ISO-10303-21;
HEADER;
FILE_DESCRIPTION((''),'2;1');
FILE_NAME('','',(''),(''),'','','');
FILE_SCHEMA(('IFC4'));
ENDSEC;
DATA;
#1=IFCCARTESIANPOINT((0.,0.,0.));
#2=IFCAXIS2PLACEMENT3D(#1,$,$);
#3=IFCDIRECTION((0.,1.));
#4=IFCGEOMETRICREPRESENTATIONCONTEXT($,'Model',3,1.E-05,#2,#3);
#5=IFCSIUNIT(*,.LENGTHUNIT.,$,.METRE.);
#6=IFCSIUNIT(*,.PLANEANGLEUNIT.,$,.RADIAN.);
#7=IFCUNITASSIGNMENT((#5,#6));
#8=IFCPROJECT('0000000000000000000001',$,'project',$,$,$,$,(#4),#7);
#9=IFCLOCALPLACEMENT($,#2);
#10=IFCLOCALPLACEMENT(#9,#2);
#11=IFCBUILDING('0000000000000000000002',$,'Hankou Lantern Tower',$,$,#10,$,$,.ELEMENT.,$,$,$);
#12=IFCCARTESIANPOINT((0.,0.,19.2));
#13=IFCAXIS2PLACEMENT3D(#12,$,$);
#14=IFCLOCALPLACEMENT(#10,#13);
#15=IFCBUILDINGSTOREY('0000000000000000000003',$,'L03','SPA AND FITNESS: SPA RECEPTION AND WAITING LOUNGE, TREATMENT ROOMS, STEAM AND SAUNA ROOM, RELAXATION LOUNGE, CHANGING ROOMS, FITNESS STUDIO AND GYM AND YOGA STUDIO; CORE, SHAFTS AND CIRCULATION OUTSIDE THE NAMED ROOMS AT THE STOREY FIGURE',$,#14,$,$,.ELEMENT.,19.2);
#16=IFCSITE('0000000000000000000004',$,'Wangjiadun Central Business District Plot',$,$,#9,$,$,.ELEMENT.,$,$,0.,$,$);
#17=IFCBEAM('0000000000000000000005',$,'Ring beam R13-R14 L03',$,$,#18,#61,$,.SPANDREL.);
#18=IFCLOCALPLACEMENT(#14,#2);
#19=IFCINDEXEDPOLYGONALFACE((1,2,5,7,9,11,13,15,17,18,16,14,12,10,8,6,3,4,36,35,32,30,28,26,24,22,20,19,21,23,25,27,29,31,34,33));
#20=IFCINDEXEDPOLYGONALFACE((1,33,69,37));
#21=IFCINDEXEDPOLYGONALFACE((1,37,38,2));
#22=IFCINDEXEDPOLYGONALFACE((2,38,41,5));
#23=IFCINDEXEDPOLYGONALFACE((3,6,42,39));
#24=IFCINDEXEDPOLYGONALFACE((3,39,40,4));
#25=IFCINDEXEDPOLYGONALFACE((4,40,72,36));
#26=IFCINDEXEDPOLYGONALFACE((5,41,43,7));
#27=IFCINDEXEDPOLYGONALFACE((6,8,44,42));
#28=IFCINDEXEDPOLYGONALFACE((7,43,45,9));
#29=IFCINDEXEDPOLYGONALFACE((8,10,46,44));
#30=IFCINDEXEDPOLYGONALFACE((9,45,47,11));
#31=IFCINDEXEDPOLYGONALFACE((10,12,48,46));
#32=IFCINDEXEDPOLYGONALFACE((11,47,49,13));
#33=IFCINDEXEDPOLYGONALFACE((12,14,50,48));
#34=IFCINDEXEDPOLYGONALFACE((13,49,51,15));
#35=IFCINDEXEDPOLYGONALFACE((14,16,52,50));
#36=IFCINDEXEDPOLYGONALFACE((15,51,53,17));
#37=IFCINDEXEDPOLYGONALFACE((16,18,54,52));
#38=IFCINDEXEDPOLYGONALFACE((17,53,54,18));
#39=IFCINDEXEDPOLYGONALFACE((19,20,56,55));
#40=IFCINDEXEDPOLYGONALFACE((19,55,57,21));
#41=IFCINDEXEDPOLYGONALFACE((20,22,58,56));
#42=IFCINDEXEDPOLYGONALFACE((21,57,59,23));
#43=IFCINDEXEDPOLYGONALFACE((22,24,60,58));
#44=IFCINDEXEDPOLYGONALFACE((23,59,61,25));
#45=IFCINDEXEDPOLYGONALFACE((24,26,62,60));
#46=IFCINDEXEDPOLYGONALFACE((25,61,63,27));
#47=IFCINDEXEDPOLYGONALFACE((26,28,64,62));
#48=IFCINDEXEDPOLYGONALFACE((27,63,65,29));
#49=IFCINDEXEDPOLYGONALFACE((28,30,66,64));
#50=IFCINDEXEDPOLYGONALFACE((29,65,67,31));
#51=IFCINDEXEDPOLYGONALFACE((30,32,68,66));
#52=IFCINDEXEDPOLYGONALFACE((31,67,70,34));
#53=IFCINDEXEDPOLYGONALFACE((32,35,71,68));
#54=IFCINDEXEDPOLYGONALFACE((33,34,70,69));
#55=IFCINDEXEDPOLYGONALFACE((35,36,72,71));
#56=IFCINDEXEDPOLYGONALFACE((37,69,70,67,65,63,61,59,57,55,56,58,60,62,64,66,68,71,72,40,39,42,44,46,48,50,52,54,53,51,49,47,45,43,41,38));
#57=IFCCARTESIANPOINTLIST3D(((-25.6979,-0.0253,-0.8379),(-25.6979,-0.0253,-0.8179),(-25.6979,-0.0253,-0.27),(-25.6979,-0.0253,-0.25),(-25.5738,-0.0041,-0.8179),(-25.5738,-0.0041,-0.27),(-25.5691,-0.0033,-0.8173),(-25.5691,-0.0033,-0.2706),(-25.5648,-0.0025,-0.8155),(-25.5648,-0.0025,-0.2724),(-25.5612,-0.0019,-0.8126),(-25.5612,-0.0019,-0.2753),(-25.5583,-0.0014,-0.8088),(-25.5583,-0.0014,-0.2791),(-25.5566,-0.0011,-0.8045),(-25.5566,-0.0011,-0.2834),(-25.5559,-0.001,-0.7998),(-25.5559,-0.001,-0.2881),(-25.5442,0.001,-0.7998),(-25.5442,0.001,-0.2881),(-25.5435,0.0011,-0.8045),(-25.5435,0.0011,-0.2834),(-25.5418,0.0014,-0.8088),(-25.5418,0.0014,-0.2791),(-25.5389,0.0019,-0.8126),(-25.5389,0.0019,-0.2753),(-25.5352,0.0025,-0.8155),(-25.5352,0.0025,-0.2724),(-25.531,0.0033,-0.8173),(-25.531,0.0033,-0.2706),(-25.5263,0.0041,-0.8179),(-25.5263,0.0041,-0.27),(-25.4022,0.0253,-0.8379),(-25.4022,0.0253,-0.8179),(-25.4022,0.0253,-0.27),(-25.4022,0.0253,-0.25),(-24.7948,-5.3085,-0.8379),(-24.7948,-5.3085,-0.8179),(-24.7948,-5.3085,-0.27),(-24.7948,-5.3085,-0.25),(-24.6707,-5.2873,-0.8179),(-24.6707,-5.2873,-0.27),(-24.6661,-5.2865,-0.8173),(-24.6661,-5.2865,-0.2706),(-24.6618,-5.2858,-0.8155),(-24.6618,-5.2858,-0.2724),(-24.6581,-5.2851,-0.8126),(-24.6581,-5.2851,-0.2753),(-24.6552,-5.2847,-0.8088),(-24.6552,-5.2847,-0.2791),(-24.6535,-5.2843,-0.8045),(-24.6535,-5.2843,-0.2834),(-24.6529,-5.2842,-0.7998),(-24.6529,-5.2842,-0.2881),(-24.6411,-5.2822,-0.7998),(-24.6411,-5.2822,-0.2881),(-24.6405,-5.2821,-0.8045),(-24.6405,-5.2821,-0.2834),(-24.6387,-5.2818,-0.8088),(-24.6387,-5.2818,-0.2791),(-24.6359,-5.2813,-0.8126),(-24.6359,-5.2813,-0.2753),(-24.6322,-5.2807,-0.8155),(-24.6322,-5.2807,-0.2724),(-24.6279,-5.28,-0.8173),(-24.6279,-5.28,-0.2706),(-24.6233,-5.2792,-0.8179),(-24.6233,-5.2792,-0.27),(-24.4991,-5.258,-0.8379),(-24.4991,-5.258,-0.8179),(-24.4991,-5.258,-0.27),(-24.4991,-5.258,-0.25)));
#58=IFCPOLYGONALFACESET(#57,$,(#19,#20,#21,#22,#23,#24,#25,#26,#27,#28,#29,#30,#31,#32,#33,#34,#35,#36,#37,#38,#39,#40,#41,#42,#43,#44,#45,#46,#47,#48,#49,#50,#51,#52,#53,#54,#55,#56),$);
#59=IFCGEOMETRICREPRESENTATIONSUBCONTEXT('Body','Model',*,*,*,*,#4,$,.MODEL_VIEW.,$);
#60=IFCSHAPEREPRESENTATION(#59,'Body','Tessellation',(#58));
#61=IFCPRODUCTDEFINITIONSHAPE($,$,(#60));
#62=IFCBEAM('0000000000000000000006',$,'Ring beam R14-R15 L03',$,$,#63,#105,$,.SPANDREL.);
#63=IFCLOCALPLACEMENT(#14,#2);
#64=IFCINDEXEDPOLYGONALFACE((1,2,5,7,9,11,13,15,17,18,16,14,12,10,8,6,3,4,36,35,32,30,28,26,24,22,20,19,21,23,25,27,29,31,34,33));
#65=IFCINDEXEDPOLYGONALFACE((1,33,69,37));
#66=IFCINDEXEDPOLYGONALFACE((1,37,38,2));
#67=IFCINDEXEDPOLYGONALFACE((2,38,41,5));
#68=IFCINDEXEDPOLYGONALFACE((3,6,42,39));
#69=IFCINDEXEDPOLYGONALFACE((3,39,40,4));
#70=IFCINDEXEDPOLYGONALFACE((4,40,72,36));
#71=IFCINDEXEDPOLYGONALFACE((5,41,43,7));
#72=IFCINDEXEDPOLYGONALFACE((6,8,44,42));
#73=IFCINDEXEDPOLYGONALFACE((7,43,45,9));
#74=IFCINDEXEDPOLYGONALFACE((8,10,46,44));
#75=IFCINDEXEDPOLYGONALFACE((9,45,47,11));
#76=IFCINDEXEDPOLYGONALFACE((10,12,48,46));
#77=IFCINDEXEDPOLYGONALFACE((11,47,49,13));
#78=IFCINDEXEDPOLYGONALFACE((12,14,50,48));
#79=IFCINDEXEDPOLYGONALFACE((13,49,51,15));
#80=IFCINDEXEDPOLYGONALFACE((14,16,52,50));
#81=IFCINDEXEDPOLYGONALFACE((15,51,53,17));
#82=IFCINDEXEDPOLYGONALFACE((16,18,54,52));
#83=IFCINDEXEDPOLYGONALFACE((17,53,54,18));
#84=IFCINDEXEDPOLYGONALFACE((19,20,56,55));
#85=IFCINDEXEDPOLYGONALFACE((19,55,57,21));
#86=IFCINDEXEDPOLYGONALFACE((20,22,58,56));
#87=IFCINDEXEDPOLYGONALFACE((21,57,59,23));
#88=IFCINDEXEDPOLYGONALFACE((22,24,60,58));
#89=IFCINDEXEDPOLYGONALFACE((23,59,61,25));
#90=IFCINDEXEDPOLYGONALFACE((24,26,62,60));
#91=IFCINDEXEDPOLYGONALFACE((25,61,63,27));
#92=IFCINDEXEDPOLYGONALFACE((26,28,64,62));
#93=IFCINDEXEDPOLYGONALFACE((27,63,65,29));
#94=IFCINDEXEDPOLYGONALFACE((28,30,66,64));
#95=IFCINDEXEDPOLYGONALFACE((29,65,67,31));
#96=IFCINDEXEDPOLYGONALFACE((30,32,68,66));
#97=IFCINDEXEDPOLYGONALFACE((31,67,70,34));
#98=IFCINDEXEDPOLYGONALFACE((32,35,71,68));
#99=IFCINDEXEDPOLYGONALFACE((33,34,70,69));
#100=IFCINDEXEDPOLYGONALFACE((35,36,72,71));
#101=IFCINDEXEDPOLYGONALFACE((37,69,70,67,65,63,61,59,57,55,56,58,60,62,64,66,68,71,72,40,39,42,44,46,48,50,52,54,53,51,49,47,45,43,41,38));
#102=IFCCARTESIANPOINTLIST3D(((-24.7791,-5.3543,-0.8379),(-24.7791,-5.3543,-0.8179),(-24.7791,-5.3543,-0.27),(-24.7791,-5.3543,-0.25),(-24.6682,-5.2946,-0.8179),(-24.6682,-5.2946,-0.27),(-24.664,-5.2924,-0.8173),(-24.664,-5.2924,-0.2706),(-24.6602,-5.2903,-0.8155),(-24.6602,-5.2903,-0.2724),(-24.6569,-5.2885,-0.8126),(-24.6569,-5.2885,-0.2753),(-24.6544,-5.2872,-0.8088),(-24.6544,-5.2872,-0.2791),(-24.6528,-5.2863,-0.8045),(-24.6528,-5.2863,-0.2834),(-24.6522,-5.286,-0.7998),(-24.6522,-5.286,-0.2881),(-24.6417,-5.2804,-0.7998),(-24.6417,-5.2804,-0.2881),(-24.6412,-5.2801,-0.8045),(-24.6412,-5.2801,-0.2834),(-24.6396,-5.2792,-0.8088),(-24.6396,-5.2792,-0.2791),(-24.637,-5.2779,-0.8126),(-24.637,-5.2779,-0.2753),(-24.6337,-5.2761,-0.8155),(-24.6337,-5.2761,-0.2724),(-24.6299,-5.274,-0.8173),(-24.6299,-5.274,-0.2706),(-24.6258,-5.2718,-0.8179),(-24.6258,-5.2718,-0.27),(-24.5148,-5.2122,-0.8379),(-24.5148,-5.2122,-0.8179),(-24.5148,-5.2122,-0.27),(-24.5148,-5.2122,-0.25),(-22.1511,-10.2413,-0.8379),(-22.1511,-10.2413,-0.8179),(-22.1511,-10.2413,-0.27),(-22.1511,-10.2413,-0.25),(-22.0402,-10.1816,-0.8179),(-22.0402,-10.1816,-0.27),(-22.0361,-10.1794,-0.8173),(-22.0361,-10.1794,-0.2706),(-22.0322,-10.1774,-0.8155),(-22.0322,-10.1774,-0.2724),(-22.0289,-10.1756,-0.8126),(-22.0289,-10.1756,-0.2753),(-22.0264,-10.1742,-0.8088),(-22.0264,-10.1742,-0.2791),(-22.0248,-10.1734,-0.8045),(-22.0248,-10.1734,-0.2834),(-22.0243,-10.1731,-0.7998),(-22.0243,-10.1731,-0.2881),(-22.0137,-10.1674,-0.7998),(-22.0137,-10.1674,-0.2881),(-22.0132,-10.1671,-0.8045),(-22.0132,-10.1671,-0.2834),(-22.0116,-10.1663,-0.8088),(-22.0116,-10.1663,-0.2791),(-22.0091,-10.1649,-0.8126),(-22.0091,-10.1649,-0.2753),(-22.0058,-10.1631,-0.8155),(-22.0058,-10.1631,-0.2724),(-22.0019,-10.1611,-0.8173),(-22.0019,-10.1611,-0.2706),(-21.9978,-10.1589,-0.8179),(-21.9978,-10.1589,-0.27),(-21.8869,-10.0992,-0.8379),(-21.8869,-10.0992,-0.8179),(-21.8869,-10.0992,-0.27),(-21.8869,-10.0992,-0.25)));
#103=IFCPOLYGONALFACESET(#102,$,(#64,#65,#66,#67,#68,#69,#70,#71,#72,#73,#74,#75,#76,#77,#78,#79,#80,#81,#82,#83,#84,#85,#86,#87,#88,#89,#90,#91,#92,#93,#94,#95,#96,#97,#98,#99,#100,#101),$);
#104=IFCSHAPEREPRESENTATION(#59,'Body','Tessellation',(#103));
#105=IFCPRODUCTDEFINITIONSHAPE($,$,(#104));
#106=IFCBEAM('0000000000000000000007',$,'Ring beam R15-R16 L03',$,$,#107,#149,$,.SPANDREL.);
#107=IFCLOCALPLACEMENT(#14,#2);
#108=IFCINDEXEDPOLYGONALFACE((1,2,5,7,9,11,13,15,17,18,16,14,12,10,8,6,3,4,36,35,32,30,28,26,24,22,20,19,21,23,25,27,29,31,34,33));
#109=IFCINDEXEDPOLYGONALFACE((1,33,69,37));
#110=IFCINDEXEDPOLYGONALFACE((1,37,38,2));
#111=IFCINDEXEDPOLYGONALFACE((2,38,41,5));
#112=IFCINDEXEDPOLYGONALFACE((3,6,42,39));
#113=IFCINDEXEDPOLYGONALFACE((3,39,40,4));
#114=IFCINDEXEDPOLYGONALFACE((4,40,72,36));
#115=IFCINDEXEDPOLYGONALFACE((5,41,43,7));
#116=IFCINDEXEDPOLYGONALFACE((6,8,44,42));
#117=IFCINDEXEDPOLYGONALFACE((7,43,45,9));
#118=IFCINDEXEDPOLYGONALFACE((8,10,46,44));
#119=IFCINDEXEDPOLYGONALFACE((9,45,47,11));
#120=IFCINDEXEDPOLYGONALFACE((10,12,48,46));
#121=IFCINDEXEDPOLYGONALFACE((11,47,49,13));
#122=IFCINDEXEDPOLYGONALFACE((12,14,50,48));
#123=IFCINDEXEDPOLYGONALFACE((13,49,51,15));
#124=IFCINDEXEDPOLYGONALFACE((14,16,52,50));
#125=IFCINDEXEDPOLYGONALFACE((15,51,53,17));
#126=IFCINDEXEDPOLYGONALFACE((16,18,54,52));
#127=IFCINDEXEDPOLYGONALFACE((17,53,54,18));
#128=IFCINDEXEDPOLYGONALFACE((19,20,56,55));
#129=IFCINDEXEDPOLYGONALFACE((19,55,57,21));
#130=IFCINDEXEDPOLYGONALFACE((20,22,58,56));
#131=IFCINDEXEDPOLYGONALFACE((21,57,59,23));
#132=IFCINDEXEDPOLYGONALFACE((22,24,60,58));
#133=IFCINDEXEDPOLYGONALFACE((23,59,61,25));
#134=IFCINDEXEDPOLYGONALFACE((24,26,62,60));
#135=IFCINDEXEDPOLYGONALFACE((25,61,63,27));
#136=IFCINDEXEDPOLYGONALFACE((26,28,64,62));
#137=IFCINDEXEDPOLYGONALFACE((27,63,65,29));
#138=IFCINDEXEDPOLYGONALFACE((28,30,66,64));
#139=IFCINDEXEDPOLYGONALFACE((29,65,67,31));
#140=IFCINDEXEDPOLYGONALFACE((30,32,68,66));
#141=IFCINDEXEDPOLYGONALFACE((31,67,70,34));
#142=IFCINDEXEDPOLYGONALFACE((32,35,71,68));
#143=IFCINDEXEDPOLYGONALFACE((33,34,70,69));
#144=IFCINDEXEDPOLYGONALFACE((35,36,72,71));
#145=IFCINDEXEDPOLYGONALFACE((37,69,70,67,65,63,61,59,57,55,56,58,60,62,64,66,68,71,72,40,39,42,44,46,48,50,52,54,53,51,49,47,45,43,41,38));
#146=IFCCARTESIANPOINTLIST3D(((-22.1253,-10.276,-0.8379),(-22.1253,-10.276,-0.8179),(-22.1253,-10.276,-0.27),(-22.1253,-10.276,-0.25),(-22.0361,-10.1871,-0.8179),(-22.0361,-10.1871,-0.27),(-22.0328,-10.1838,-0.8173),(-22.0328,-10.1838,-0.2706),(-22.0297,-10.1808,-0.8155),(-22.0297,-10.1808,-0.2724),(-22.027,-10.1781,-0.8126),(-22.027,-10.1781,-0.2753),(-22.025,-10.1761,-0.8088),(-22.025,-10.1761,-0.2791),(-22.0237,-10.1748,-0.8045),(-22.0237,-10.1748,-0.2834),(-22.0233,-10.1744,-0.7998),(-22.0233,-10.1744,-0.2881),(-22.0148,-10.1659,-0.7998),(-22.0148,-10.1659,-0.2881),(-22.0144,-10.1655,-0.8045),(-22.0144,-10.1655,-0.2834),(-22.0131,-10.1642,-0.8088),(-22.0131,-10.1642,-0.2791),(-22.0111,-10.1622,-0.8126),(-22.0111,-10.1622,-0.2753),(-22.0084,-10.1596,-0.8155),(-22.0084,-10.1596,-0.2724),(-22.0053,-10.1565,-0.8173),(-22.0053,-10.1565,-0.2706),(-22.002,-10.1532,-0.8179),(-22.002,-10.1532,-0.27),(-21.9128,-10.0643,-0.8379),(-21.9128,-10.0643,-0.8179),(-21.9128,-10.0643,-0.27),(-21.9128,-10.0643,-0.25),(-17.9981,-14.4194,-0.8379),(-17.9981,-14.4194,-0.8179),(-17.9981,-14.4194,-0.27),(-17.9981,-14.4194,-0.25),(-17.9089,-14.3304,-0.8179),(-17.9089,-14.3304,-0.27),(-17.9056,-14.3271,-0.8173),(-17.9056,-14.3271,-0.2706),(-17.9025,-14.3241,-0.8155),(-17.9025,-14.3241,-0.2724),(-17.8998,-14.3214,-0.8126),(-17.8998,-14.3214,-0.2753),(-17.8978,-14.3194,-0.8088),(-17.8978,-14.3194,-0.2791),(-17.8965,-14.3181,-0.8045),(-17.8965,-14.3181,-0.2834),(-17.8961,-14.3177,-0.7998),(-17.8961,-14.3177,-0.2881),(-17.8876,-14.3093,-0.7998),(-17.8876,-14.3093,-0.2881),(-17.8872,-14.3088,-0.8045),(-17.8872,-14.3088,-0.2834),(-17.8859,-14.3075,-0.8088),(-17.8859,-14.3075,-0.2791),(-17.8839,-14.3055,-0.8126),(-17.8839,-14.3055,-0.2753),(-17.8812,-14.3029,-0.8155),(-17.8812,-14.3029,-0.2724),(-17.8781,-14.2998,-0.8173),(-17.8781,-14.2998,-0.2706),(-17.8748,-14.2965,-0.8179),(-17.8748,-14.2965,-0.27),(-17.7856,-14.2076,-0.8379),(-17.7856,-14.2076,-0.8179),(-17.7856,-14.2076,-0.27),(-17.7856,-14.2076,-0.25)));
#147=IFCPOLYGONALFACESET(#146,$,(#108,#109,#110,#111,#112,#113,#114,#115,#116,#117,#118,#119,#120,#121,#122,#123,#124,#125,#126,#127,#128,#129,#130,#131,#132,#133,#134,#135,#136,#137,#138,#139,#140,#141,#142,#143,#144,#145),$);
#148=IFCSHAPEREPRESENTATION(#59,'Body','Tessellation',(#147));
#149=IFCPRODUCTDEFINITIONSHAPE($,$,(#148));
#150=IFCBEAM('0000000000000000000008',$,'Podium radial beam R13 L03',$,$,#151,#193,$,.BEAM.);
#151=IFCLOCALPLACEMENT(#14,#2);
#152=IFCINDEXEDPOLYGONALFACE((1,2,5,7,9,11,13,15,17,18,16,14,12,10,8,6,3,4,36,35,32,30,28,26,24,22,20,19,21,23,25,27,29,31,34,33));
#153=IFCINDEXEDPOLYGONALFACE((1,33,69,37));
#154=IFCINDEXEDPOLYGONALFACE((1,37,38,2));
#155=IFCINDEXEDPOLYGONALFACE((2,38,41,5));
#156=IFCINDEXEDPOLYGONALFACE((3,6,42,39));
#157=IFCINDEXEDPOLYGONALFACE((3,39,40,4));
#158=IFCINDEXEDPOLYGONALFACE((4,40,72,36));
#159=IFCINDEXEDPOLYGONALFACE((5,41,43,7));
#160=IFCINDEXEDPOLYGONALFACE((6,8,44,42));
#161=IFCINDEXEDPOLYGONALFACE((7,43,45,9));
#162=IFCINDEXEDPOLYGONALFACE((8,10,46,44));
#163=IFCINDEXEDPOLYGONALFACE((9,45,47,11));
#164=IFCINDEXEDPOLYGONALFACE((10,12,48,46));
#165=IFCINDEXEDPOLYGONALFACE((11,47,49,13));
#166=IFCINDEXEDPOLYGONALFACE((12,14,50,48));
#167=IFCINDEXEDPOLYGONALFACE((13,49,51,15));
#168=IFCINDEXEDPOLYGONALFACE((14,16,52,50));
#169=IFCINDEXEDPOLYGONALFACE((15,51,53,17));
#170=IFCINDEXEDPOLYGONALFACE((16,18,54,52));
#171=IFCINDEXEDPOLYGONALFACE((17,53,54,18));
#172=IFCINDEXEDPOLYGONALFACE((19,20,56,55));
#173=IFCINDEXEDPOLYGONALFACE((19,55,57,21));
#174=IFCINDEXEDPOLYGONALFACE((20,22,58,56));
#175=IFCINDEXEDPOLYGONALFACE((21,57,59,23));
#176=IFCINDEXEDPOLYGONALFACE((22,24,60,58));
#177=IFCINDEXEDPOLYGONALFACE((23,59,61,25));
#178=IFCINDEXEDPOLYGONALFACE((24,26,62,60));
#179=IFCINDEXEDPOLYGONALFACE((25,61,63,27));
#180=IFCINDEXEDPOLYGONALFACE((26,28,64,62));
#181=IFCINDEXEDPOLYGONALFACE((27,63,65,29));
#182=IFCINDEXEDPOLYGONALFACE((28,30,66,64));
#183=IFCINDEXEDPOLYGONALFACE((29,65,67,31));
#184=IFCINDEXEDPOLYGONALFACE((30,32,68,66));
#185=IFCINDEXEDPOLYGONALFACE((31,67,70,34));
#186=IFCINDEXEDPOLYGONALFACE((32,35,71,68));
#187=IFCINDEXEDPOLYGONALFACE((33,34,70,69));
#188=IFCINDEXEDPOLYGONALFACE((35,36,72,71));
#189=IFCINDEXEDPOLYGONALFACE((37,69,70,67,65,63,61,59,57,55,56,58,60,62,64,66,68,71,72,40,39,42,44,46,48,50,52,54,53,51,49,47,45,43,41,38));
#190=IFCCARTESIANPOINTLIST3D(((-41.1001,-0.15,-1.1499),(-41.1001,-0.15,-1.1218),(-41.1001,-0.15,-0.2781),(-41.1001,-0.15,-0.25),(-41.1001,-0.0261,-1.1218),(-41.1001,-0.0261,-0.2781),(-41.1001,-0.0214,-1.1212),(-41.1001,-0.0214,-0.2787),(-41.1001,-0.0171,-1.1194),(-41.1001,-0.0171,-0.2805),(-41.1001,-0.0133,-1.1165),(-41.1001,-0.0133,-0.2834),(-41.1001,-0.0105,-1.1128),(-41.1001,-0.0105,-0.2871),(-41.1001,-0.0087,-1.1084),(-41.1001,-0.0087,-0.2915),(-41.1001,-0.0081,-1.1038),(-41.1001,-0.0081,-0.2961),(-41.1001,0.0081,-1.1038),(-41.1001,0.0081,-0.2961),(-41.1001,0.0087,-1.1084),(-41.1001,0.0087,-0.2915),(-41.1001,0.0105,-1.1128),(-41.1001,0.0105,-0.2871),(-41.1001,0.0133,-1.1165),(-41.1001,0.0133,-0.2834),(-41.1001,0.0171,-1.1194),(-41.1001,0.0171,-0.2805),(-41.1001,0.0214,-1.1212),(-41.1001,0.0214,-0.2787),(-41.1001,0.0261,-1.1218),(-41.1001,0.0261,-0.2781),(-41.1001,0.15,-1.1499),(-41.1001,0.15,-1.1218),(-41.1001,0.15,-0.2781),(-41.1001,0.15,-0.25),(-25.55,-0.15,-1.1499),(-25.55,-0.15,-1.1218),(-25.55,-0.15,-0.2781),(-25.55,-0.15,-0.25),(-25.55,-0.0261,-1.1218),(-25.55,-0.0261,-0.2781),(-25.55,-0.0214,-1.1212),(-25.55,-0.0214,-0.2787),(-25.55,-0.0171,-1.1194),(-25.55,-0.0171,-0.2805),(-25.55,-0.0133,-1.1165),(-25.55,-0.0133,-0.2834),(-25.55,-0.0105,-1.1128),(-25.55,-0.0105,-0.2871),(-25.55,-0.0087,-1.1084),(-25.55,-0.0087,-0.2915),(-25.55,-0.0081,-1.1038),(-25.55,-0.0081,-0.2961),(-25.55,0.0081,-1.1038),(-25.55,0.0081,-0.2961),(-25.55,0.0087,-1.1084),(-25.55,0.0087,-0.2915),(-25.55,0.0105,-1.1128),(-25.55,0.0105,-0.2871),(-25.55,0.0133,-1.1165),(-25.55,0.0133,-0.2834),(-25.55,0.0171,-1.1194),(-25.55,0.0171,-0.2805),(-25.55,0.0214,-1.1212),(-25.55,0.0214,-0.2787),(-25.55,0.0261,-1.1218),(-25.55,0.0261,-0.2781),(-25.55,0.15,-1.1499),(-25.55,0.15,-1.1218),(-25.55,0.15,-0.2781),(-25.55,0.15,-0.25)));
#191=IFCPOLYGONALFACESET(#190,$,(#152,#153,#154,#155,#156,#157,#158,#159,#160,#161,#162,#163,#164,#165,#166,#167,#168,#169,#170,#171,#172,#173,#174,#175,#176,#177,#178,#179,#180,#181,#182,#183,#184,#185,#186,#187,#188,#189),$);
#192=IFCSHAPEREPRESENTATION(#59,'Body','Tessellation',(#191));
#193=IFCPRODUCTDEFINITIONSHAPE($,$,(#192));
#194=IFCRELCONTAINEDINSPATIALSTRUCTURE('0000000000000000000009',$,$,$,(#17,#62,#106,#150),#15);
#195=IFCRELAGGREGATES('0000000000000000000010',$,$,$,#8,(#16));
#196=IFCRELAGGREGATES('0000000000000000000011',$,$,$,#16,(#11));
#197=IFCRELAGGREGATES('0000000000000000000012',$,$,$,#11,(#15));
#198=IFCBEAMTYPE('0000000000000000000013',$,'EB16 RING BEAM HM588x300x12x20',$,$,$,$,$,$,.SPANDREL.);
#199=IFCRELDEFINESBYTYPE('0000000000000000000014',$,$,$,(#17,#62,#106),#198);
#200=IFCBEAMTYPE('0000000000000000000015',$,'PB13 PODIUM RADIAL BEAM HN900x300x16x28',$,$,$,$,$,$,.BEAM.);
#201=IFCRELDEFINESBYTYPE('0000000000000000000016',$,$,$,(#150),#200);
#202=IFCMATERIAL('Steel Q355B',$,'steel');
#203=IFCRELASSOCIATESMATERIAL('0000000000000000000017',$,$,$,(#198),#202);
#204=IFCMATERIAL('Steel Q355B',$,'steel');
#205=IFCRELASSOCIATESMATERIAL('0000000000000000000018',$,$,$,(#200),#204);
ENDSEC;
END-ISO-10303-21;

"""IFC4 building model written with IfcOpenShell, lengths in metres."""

from ifc_helpers import new_model, si_unit, direction, frame, origin, origin_2d, place, context, subcontext, project, spatial, i_section, extrude, material, material_profile, profile_set, type_object, element, save


model = new_model("IFC4")

# Units and contexts
model_context = context("Model", 3, precision=1e-05, world=origin(), true_north=direction((0.0, 1.0)))
body_context = subcontext(model_context, "Body", "Model", "MODEL_VIEW")
ifc_project = project(units=[si_unit("LENGTHUNIT", "METRE"), si_unit("PLANEANGLEUNIT", "RADIAN")], contexts=[model_context])

# Site, building, storey
site_placement = place(None, origin())
site = spatial("IfcSite", under=ifc_project, at=site_placement, Name="Wangjiadun Central Business District Plot", CompositionType="ELEMENT", RefElevation=0.0)
building_placement = place(site_placement, origin())
building = spatial("IfcBuilding", under=site, at=building_placement, Name="Hankou Lantern Tower", CompositionType="ELEMENT")
storey_placement = place(building_placement, frame((0.0, 0.0, 19.2)))
storey = spatial("IfcBuildingStorey", under=building, at=storey_placement, Name="L03", Description="SPA AND FITNESS: SPA RECEPTION AND WAITING LOUNGE, TREATMENT ROOMS, STEAM AND SAUNA ROOM, RELAXATION LOUNGE, CHANGING ROOMS, FITNESS STUDIO AND GYM AND YOGA STUDIO; CORE, SHAFTS AND CIRCULATION OUTSIDE THE NAMED ROOMS AT THE STOREY FIGURE", CompositionType="ELEMENT", Elevation=19.2)

# Beams
ifc_material_1 = material(Name="Steel Q355B", Category="steel")
ifc_material_profile_1 = material_profile(ifc_material_1, i_section(OverallWidth=0.3, OverallDepth=0.5879, WebThickness=0.012, FlangeThickness=0.02, FilletRadius=0.0181, at=origin_2d()), Name="HM588x300x12x20")
ifc_profile_set_1 = profile_set([ifc_material_profile_1], Name="Steel Q355B")
beam_type_1 = type_object("IfcBeamType", Name="EB16 RING BEAM HM588x300x12x20", PredefinedType="SPANDREL", material=ifc_profile_set_1)
beam_1_placement = place(storey_placement, frame((-25.55, 0.0, -0.5439), z_axis=(0.16849, -0.985703, 0.0), x_axis=(0.985703, 0.16849, 0.0)))
element("IfcBeam", 1, at=beam_1_placement, inside=storey, type_object=beam_type_1, Name="Ring beam R13-R14 L03", PredefinedType="SPANDREL", context=body_context, shape_type="SweptSolid", body=[
    extrude(i_section(OverallWidth=0.3, OverallDepth=0.5879, WebThickness=0.012, FlangeThickness=0.02, FilletRadius=0.0181, at=origin_2d()), origin(), (0.0, 0.0, 1.0), 5.3599),
])
beam_2_placement = place(storey_placement, frame((-24.647, -5.2832, -0.5439), z_axis=(0.473609, -0.880735, 0.0), x_axis=(0.880735, 0.473609, 0.0)))
element("IfcBeam", 2, at=beam_2_placement, inside=storey, type_object=beam_type_1, Name="Ring beam R14-R15 L03", PredefinedType="SPANDREL", context=body_context, shape_type="SweptSolid", body=[
    extrude(i_section(OverallWidth=0.3, OverallDepth=0.5879, WebThickness=0.012, FlangeThickness=0.02, FilletRadius=0.0181, at=origin_2d()), origin(), (0.0, 0.0, 1.0), 5.5488),
])
beam_3_placement = place(storey_placement, frame((-22.019, -10.1702, -0.5439), z_axis=(0.705728, -0.708483, 0.0), x_axis=(0.708483, 0.705728, 0.0)))
element("IfcBeam", 3, at=beam_3_placement, inside=storey, type_object=beam_type_1, Name="Ring beam R15-R16 L03", PredefinedType="SPANDREL", context=body_context, shape_type="SweptSolid", body=[
    extrude(i_section(OverallWidth=0.3, OverallDepth=0.5879, WebThickness=0.012, FlangeThickness=0.02, FilletRadius=0.0181, at=origin_2d()), origin(), (0.0, 0.0, 1.0), 5.8481),
])
ifc_material_2 = material(Name="Steel Q355B", Category="steel")
ifc_material_profile_2 = material_profile(ifc_material_2, i_section(OverallWidth=0.3, OverallDepth=0.8999, WebThickness=0.0161, FlangeThickness=0.0281, FilletRadius=0.0181, at=origin_2d()), Name="HN900x300x16x28")
ifc_profile_set_2 = profile_set([ifc_material_profile_2], Name="Steel Q355B")
beam_type_2 = type_object("IfcBeamType", Name="PB13 PODIUM RADIAL BEAM HN900x300x16x28", PredefinedType="BEAM", material=ifc_profile_set_2)
beam_4_placement = place(storey_placement, frame((-25.55, 0.0, -0.7), z_axis=(-1.0, 0.0, 0.0), x_axis=(0.0, -1.0, 0.0)))
element("IfcBeam", 4, at=beam_4_placement, inside=storey, type_object=beam_type_2, Name="Podium radial beam R13 L03", PredefinedType="BEAM", context=body_context, shape_type="SweptSolid", body=[
    extrude(i_section(OverallWidth=0.3, OverallDepth=0.8999, WebThickness=0.0161, FlangeThickness=0.0281, FilletRadius=0.0181, at=origin_2d()), origin(), (0.0, 0.0, 1.0), 15.55),
])

save(model, "model.ifc")
